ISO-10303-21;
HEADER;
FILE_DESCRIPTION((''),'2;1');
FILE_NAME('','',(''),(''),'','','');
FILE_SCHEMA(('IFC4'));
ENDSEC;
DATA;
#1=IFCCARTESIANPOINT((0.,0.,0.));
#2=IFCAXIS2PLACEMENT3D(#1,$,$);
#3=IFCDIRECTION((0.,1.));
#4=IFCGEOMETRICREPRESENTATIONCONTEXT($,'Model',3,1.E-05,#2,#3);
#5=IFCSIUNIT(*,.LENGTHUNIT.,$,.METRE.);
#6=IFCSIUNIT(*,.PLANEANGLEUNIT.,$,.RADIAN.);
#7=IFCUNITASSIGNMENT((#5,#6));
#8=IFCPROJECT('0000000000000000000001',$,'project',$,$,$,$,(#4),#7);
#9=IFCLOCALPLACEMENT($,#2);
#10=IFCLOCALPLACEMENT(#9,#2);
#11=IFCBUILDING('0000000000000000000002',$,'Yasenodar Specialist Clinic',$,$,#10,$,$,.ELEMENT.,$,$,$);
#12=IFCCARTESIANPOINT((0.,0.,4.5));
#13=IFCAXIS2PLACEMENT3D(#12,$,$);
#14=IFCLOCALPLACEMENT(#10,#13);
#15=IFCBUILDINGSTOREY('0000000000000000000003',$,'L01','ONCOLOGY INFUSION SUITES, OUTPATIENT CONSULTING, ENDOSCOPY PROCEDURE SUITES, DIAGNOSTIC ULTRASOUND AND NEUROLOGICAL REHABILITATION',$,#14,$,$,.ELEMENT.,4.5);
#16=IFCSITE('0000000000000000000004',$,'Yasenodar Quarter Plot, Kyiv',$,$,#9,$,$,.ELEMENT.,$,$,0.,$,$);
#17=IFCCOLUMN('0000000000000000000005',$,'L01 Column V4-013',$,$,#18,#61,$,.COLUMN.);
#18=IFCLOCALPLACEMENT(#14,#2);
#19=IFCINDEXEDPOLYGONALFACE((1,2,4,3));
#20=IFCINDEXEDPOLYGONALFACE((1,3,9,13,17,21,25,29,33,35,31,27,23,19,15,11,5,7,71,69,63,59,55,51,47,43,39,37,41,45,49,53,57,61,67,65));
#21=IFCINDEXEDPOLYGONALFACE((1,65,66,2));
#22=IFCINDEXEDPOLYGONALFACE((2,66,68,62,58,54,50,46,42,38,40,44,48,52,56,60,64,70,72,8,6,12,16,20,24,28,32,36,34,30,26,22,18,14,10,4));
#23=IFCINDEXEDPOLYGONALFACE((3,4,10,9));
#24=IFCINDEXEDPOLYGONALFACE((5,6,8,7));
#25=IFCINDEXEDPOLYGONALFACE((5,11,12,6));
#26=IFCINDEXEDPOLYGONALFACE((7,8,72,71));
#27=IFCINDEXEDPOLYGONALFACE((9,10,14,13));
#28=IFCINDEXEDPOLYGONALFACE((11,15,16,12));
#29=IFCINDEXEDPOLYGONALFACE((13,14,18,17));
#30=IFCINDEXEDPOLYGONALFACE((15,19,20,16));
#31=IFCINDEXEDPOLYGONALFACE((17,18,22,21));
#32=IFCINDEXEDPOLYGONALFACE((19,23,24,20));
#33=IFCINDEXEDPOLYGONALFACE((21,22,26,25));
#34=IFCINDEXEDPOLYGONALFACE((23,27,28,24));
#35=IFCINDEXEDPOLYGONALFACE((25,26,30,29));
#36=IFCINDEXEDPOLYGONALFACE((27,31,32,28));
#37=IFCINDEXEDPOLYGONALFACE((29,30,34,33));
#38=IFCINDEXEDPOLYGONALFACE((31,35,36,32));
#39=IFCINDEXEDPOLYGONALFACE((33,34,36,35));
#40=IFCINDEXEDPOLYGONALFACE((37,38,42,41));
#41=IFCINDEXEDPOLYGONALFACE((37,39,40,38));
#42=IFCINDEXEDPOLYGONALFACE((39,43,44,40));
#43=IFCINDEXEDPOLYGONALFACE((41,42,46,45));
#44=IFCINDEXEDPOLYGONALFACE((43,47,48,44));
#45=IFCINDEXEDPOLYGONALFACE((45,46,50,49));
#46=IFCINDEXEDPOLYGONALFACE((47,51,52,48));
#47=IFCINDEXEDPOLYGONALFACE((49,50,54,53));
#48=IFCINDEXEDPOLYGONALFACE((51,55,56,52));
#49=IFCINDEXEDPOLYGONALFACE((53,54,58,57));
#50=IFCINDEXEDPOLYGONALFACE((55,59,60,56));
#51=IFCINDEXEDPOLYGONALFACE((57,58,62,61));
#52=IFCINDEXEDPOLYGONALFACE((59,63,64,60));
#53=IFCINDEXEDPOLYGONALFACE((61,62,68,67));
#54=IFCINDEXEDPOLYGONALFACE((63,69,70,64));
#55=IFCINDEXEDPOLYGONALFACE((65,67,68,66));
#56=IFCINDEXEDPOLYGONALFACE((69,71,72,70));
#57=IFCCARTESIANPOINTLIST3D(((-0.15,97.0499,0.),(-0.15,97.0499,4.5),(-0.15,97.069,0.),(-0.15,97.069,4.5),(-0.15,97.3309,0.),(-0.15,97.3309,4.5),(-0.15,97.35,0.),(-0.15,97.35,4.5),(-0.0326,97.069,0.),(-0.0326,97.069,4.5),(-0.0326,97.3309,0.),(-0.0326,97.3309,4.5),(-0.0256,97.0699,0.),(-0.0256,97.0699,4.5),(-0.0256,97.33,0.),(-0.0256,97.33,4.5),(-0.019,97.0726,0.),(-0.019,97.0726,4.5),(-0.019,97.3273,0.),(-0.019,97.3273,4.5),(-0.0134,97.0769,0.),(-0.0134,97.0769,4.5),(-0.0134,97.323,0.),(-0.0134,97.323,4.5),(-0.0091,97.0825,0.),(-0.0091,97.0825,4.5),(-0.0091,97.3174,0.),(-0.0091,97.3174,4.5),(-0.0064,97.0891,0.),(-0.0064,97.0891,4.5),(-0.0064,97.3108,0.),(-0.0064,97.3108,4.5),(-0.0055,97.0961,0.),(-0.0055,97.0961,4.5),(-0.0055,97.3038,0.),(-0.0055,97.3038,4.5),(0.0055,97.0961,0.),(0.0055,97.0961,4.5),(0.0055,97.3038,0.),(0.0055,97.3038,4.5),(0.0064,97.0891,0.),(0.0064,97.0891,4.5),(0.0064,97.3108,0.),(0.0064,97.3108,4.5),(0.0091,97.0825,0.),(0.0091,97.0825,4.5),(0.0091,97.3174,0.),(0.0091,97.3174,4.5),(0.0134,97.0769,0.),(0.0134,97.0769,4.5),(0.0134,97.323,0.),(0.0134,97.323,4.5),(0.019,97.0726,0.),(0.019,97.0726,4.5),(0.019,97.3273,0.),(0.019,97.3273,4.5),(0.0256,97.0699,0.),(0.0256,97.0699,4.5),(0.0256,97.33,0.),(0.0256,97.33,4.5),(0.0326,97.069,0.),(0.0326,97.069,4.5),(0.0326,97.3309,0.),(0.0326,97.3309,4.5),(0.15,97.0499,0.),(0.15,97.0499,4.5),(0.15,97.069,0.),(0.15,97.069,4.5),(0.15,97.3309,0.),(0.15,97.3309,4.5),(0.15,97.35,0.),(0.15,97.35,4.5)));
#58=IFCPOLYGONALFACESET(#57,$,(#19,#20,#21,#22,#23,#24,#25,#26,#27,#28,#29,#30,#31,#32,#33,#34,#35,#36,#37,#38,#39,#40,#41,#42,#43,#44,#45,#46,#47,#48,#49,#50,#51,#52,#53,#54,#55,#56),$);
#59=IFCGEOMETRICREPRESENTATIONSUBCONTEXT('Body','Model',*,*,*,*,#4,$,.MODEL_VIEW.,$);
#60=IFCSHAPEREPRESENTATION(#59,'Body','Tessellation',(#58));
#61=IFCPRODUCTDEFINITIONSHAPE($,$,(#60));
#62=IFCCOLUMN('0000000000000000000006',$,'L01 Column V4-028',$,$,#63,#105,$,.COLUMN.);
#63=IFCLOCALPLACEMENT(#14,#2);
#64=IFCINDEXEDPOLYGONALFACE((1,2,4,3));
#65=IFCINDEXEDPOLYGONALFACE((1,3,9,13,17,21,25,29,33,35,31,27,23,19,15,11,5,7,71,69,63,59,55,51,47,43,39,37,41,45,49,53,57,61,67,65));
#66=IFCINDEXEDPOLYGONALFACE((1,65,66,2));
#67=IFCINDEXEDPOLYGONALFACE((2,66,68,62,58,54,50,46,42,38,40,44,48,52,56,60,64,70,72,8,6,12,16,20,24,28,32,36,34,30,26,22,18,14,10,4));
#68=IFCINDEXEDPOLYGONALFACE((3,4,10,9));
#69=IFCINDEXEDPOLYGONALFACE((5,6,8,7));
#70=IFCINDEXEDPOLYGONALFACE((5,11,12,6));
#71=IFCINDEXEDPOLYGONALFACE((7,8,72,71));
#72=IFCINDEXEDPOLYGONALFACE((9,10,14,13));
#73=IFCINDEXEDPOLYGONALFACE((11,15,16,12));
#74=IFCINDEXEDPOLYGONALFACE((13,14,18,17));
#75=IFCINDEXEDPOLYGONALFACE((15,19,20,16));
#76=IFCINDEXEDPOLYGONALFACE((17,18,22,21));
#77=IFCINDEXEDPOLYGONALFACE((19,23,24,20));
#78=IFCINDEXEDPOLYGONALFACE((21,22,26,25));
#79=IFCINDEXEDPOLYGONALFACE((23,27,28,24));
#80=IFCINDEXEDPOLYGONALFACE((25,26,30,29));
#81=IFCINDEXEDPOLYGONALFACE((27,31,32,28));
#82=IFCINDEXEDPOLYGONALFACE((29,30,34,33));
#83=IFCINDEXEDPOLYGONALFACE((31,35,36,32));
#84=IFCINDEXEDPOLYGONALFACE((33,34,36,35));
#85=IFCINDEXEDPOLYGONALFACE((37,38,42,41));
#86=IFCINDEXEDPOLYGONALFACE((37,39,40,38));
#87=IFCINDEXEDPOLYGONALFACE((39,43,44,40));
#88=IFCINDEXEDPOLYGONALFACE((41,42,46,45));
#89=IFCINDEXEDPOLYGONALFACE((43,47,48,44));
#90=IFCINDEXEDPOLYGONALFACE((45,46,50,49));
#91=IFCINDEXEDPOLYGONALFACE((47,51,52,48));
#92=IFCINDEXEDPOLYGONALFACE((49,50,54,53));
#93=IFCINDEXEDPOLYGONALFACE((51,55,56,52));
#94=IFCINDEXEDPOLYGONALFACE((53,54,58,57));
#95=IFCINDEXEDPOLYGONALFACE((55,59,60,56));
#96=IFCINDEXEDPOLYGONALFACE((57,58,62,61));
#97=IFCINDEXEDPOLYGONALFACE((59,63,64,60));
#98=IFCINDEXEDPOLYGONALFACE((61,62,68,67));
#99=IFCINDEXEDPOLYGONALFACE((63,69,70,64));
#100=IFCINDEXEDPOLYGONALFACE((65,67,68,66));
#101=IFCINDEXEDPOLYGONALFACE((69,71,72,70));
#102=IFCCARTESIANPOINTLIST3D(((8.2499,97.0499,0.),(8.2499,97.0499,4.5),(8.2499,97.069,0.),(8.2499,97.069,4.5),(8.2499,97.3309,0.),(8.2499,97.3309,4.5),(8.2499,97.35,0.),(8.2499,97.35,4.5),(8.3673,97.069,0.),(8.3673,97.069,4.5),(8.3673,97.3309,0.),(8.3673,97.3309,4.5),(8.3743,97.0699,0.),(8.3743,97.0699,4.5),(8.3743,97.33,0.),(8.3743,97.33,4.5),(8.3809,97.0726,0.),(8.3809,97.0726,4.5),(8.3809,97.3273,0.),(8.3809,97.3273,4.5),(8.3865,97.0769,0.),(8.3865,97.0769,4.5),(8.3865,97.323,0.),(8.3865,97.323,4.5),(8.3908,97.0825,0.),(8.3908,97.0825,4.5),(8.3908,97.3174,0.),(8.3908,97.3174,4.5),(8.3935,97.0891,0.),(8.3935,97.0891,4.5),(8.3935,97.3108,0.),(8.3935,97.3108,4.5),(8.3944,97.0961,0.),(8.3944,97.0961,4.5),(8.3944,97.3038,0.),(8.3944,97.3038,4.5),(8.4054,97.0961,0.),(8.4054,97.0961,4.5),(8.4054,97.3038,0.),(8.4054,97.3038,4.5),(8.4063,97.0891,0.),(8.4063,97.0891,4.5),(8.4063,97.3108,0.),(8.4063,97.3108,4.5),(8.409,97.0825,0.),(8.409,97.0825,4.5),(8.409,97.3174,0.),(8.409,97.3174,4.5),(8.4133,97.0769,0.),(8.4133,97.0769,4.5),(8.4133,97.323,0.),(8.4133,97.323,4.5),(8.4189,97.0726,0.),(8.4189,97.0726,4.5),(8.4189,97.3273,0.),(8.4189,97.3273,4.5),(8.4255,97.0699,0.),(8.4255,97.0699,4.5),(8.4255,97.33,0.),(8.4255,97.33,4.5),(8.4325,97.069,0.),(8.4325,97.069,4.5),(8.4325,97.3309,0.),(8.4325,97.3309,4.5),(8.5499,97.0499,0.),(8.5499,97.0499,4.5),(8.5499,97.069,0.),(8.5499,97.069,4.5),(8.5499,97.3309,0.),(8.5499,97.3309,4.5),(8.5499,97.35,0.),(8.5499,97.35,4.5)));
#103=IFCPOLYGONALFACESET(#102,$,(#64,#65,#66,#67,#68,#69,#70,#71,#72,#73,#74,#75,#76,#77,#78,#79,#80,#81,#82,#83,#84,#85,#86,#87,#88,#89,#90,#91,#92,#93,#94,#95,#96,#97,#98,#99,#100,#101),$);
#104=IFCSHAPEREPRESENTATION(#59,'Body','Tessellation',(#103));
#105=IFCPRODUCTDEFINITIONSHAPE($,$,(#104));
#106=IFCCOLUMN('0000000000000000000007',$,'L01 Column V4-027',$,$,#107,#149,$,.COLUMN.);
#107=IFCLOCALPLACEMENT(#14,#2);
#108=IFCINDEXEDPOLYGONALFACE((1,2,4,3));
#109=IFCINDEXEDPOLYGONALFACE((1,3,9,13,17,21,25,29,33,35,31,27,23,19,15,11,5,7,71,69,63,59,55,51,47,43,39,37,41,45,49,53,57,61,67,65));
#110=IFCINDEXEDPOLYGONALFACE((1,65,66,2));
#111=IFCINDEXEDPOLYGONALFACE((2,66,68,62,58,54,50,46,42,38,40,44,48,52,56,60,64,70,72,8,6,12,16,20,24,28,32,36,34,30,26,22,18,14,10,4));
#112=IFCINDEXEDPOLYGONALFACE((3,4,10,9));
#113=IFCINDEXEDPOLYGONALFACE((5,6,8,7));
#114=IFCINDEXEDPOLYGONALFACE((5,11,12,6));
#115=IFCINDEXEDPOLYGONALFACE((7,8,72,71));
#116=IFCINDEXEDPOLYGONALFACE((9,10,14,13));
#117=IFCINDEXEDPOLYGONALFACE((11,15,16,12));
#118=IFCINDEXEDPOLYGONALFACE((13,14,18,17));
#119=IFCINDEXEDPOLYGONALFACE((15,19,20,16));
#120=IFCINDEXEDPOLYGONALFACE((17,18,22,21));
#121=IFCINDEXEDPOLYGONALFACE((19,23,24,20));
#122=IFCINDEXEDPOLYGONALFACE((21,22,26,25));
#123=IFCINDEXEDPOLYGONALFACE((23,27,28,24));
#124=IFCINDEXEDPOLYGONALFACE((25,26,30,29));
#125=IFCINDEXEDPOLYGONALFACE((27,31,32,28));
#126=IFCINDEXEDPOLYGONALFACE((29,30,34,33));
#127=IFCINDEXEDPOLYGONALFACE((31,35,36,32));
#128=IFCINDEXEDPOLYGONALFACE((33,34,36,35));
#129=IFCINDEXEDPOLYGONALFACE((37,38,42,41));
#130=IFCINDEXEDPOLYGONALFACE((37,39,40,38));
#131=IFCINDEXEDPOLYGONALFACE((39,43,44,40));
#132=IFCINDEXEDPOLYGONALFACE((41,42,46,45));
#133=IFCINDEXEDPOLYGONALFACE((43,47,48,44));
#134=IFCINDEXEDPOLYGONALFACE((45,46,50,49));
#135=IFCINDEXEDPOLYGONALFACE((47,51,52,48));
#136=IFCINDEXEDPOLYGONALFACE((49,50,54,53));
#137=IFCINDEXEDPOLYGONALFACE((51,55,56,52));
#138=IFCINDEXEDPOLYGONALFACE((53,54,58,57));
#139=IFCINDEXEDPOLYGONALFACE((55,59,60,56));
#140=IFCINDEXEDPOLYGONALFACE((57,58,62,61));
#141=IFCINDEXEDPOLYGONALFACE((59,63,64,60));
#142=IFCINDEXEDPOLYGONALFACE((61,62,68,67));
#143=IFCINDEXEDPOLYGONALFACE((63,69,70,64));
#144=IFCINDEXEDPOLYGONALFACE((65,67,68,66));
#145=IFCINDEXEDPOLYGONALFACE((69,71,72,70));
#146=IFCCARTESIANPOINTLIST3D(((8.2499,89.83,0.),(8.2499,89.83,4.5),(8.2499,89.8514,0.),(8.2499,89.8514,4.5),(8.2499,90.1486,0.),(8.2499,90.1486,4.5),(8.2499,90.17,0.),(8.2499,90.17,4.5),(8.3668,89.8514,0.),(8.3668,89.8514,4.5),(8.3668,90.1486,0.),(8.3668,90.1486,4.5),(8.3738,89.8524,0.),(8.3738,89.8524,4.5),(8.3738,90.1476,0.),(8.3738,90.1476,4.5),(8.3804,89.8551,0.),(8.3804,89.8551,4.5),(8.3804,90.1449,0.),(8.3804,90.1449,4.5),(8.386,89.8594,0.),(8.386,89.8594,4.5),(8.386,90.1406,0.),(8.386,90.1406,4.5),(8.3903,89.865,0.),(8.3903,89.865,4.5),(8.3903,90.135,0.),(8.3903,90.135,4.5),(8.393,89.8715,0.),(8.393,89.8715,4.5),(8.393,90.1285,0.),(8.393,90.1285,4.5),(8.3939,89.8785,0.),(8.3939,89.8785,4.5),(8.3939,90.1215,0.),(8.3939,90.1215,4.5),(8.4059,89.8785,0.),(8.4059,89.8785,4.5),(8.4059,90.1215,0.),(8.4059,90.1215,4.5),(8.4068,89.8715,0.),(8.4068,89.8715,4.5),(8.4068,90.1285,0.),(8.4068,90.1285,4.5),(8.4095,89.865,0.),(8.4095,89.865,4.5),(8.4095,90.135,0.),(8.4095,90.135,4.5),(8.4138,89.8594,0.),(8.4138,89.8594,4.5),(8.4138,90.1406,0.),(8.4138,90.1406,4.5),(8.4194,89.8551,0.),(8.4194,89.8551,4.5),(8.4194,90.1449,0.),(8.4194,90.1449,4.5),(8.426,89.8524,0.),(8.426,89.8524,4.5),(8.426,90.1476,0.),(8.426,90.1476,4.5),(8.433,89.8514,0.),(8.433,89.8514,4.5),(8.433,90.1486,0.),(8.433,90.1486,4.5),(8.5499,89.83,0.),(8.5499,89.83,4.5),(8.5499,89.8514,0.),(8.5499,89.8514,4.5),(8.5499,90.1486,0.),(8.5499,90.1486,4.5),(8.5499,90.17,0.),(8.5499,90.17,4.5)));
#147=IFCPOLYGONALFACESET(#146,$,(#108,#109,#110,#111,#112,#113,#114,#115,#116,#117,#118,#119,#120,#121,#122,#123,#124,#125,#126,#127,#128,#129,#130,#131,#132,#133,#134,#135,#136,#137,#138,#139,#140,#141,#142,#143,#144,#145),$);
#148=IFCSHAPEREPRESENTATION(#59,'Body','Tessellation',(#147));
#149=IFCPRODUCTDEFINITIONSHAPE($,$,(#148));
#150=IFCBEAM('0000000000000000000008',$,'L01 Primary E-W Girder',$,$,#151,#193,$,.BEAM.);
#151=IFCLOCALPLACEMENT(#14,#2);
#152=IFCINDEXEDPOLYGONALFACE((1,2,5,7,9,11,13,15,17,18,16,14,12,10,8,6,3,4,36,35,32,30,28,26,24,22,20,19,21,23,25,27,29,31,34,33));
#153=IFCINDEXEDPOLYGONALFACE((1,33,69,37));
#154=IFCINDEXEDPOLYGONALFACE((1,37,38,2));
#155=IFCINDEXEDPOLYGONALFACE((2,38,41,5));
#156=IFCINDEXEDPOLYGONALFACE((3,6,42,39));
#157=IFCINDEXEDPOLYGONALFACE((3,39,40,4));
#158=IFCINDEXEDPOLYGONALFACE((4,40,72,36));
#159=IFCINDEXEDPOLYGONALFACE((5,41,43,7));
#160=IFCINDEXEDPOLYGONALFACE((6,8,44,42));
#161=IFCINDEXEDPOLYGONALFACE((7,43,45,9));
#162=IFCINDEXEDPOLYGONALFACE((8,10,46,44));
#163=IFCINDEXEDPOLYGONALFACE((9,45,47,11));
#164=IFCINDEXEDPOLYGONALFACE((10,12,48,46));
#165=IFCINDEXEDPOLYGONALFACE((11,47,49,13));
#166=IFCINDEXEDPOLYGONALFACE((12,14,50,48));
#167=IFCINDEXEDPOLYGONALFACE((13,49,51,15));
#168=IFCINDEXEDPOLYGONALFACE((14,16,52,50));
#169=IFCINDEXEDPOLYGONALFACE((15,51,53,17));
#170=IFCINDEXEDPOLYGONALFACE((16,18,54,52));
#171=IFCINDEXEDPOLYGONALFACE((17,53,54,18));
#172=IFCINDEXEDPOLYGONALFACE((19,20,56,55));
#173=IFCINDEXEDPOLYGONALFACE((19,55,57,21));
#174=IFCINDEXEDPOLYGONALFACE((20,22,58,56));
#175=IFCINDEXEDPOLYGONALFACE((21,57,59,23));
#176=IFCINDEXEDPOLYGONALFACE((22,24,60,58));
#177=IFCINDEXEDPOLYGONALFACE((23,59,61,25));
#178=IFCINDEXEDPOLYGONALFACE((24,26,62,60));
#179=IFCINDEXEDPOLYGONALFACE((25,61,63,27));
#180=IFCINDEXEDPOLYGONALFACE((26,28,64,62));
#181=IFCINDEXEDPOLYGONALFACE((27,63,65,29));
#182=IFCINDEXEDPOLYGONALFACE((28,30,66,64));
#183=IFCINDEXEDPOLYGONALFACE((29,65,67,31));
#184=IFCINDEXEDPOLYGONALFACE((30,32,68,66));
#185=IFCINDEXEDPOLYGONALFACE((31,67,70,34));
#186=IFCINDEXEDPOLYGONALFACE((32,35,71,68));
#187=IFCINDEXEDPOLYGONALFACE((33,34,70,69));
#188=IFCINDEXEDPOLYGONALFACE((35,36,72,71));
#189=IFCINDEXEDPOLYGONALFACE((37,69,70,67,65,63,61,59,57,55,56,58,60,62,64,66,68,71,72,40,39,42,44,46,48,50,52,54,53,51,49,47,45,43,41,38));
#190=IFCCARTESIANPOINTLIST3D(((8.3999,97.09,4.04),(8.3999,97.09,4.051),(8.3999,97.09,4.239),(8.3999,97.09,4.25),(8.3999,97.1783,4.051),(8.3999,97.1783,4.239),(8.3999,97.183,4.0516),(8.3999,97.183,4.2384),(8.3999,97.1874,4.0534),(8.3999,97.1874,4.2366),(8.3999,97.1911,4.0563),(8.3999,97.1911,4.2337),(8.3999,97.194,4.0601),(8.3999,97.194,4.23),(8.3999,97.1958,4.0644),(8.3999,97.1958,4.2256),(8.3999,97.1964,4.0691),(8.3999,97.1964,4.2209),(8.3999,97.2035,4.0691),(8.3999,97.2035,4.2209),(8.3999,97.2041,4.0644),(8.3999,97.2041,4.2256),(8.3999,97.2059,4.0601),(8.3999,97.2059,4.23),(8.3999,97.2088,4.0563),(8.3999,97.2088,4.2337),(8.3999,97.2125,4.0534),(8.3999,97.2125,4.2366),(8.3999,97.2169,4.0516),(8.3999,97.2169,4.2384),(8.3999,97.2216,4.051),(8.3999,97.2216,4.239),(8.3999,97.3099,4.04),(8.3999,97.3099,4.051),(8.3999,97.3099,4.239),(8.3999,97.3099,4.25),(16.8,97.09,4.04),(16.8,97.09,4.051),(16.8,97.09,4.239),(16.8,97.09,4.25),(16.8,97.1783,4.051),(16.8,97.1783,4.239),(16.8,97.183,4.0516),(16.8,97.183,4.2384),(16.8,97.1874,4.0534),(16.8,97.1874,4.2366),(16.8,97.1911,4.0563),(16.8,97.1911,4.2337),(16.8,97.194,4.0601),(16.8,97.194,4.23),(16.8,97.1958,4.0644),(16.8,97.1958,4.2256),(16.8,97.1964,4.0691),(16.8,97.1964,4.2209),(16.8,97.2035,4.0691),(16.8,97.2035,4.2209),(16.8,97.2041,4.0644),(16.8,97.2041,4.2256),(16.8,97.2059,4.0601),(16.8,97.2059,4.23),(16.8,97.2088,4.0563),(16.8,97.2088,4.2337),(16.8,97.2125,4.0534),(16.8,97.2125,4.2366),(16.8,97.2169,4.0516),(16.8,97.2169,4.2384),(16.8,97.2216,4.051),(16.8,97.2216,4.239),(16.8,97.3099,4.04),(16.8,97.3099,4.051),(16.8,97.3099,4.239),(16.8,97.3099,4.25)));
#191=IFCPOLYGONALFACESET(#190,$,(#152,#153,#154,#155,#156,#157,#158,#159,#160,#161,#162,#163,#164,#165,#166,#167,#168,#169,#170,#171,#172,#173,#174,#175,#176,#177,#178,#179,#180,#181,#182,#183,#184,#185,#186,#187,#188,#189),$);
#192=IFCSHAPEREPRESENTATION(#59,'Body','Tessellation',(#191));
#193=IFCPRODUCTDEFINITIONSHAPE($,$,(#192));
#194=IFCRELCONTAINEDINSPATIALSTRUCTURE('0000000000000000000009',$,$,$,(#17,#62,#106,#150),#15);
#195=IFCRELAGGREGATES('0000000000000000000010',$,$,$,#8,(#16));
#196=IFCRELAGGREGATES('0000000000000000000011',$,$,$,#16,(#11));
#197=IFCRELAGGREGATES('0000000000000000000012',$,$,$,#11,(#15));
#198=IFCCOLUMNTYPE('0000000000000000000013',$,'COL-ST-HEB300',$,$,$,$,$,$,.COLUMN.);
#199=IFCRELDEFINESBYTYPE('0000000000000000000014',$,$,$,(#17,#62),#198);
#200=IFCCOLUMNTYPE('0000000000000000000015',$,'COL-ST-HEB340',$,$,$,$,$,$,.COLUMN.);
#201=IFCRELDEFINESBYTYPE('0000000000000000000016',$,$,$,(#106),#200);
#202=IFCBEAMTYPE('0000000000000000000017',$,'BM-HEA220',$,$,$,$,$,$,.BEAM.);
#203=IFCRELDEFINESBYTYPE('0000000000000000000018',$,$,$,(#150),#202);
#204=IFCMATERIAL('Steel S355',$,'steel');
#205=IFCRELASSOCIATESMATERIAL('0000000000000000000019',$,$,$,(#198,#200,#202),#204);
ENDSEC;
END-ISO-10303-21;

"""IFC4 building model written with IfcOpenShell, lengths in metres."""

from ifc_helpers import new_model, si_unit, direction, frame, origin, origin_2d, place, context, subcontext, project, spatial, i_section, extrude, material, material_profile, profile_set, type_object, element, save


model = new_model("IFC4")

# Units and contexts
model_context = context("Model", 3, precision=1e-05, world=origin(), true_north=direction((0.0, 1.0)))
body_context = subcontext(model_context, "Body", "Model", "MODEL_VIEW")
ifc_project = project(units=[si_unit("LENGTHUNIT", "METRE"), si_unit("PLANEANGLEUNIT", "RADIAN")], contexts=[model_context])

# Site, building, storey
site_placement = place(None, origin())
site = spatial("IfcSite", under=ifc_project, at=site_placement, Name="Yasenodar Quarter Plot, Kyiv", CompositionType="ELEMENT", RefElevation=0.0)
building_placement = place(site_placement, origin())
building = spatial("IfcBuilding", under=site, at=building_placement, Name="Yasenodar Specialist Clinic", CompositionType="ELEMENT")
storey_placement = place(building_placement, frame((0.0, 0.0, 4.5)))
storey = spatial("IfcBuildingStorey", under=building, at=storey_placement, Name="L01", Description="ONCOLOGY INFUSION SUITES, OUTPATIENT CONSULTING, ENDOSCOPY PROCEDURE SUITES, DIAGNOSTIC ULTRASOUND AND NEUROLOGICAL REHABILITATION", CompositionType="ELEMENT", Elevation=4.5)

# Columns
ifc_material_1 = material(Name="Steel S355", Category="steel")
ifc_material_profile_1 = material_profile(ifc_material_1, i_section(OverallWidth=0.3, OverallDepth=0.3, WebThickness=0.011, FlangeThickness=0.019, FilletRadius=0.0271, at=origin_2d()), Name="HEB 300")
ifc_profile_set_1 = profile_set([ifc_material_profile_1], Name="Steel S355")
column_type_1 = type_object("IfcColumnType", Name="COL-ST-HEB300", PredefinedType="COLUMN", material=ifc_profile_set_1)
for number, where, z_axis, x_axis, name in (
    (1, (0.0, 97.2, 0.0), (0.0, 0.0, 1.0), (1.0, 0.0, 0.0), "L01 Column V4-013"),
    (2, (8.3999, 97.2, 0.0), (0.0, 0.0, 1.0), (1.0, 0.0, 0.0), "L01 Column V4-028"),
):
    element("IfcColumn", number, at=place(storey_placement, frame(where, z_axis=z_axis, x_axis=x_axis)), inside=storey, type_object=column_type_1, Name=name, PredefinedType="COLUMN", context=body_context, shape_type="SweptSolid", body=[
        extrude(i_section(OverallWidth=0.3, OverallDepth=0.3, WebThickness=0.011, FlangeThickness=0.019, FilletRadius=0.0271, at=origin_2d()), origin(), (0.0, 0.0, 1.0), 4.5),
    ])
ifc_material_profile_2 = material_profile(ifc_material_1, i_section(OverallWidth=0.3, OverallDepth=0.3401, WebThickness=0.012, FlangeThickness=0.0215, FilletRadius=0.0271, at=origin_2d()), Name="HEB 340")
ifc_profile_set_2 = profile_set([ifc_material_profile_2], Name="Steel S355")
column_type_2 = type_object("IfcColumnType", Name="COL-ST-HEB340", PredefinedType="COLUMN", material=ifc_profile_set_2)
column_placement = place(storey_placement, frame((8.3999, 90.0, 0.0), z_axis=(0.0, 0.0, 1.0), x_axis=(1.0, 0.0, 0.0)))
element("IfcColumn", 3, at=column_placement, inside=storey, type_object=column_type_2, Name="L01 Column V4-027", PredefinedType="COLUMN", context=body_context, shape_type="SweptSolid", body=[
    extrude(i_section(OverallWidth=0.3, OverallDepth=0.3401, WebThickness=0.012, FlangeThickness=0.0215, FilletRadius=0.0271, at=origin_2d()), origin(), (0.0, 0.0, 1.0), 4.5),
])

# Beam
ifc_material_profile_3 = material_profile(ifc_material_1, i_section(OverallWidth=0.22, OverallDepth=0.21, WebThickness=0.0071, FlangeThickness=0.011, FilletRadius=0.0181, at=origin_2d()), Name="HEA 220")
ifc_profile_set_3 = profile_set([ifc_material_profile_3], Name="Steel S355")
beam_type_1 = type_object("IfcBeamType", Name="BM-HEA220", PredefinedType="BEAM", material=ifc_profile_set_3)
beam_1_placement = place(storey_placement, frame((8.3999, 97.2, 4.145), z_axis=(1.0, 0.0, 0.0), x_axis=(0.0, 1.0, 0.0)))
element("IfcBeam", 4, at=beam_1_placement, inside=storey, type_object=beam_type_1, Name="L01 Primary E-W Girder", PredefinedType="BEAM", context=body_context, shape_type="SweptSolid", body=[
    extrude(i_section(OverallWidth=0.22, OverallDepth=0.21, WebThickness=0.0071, FlangeThickness=0.011, FilletRadius=0.0181, at=origin_2d()), origin(), (0.0, 0.0, 1.0), 8.4001),
])

save(model, "model.ifc")
